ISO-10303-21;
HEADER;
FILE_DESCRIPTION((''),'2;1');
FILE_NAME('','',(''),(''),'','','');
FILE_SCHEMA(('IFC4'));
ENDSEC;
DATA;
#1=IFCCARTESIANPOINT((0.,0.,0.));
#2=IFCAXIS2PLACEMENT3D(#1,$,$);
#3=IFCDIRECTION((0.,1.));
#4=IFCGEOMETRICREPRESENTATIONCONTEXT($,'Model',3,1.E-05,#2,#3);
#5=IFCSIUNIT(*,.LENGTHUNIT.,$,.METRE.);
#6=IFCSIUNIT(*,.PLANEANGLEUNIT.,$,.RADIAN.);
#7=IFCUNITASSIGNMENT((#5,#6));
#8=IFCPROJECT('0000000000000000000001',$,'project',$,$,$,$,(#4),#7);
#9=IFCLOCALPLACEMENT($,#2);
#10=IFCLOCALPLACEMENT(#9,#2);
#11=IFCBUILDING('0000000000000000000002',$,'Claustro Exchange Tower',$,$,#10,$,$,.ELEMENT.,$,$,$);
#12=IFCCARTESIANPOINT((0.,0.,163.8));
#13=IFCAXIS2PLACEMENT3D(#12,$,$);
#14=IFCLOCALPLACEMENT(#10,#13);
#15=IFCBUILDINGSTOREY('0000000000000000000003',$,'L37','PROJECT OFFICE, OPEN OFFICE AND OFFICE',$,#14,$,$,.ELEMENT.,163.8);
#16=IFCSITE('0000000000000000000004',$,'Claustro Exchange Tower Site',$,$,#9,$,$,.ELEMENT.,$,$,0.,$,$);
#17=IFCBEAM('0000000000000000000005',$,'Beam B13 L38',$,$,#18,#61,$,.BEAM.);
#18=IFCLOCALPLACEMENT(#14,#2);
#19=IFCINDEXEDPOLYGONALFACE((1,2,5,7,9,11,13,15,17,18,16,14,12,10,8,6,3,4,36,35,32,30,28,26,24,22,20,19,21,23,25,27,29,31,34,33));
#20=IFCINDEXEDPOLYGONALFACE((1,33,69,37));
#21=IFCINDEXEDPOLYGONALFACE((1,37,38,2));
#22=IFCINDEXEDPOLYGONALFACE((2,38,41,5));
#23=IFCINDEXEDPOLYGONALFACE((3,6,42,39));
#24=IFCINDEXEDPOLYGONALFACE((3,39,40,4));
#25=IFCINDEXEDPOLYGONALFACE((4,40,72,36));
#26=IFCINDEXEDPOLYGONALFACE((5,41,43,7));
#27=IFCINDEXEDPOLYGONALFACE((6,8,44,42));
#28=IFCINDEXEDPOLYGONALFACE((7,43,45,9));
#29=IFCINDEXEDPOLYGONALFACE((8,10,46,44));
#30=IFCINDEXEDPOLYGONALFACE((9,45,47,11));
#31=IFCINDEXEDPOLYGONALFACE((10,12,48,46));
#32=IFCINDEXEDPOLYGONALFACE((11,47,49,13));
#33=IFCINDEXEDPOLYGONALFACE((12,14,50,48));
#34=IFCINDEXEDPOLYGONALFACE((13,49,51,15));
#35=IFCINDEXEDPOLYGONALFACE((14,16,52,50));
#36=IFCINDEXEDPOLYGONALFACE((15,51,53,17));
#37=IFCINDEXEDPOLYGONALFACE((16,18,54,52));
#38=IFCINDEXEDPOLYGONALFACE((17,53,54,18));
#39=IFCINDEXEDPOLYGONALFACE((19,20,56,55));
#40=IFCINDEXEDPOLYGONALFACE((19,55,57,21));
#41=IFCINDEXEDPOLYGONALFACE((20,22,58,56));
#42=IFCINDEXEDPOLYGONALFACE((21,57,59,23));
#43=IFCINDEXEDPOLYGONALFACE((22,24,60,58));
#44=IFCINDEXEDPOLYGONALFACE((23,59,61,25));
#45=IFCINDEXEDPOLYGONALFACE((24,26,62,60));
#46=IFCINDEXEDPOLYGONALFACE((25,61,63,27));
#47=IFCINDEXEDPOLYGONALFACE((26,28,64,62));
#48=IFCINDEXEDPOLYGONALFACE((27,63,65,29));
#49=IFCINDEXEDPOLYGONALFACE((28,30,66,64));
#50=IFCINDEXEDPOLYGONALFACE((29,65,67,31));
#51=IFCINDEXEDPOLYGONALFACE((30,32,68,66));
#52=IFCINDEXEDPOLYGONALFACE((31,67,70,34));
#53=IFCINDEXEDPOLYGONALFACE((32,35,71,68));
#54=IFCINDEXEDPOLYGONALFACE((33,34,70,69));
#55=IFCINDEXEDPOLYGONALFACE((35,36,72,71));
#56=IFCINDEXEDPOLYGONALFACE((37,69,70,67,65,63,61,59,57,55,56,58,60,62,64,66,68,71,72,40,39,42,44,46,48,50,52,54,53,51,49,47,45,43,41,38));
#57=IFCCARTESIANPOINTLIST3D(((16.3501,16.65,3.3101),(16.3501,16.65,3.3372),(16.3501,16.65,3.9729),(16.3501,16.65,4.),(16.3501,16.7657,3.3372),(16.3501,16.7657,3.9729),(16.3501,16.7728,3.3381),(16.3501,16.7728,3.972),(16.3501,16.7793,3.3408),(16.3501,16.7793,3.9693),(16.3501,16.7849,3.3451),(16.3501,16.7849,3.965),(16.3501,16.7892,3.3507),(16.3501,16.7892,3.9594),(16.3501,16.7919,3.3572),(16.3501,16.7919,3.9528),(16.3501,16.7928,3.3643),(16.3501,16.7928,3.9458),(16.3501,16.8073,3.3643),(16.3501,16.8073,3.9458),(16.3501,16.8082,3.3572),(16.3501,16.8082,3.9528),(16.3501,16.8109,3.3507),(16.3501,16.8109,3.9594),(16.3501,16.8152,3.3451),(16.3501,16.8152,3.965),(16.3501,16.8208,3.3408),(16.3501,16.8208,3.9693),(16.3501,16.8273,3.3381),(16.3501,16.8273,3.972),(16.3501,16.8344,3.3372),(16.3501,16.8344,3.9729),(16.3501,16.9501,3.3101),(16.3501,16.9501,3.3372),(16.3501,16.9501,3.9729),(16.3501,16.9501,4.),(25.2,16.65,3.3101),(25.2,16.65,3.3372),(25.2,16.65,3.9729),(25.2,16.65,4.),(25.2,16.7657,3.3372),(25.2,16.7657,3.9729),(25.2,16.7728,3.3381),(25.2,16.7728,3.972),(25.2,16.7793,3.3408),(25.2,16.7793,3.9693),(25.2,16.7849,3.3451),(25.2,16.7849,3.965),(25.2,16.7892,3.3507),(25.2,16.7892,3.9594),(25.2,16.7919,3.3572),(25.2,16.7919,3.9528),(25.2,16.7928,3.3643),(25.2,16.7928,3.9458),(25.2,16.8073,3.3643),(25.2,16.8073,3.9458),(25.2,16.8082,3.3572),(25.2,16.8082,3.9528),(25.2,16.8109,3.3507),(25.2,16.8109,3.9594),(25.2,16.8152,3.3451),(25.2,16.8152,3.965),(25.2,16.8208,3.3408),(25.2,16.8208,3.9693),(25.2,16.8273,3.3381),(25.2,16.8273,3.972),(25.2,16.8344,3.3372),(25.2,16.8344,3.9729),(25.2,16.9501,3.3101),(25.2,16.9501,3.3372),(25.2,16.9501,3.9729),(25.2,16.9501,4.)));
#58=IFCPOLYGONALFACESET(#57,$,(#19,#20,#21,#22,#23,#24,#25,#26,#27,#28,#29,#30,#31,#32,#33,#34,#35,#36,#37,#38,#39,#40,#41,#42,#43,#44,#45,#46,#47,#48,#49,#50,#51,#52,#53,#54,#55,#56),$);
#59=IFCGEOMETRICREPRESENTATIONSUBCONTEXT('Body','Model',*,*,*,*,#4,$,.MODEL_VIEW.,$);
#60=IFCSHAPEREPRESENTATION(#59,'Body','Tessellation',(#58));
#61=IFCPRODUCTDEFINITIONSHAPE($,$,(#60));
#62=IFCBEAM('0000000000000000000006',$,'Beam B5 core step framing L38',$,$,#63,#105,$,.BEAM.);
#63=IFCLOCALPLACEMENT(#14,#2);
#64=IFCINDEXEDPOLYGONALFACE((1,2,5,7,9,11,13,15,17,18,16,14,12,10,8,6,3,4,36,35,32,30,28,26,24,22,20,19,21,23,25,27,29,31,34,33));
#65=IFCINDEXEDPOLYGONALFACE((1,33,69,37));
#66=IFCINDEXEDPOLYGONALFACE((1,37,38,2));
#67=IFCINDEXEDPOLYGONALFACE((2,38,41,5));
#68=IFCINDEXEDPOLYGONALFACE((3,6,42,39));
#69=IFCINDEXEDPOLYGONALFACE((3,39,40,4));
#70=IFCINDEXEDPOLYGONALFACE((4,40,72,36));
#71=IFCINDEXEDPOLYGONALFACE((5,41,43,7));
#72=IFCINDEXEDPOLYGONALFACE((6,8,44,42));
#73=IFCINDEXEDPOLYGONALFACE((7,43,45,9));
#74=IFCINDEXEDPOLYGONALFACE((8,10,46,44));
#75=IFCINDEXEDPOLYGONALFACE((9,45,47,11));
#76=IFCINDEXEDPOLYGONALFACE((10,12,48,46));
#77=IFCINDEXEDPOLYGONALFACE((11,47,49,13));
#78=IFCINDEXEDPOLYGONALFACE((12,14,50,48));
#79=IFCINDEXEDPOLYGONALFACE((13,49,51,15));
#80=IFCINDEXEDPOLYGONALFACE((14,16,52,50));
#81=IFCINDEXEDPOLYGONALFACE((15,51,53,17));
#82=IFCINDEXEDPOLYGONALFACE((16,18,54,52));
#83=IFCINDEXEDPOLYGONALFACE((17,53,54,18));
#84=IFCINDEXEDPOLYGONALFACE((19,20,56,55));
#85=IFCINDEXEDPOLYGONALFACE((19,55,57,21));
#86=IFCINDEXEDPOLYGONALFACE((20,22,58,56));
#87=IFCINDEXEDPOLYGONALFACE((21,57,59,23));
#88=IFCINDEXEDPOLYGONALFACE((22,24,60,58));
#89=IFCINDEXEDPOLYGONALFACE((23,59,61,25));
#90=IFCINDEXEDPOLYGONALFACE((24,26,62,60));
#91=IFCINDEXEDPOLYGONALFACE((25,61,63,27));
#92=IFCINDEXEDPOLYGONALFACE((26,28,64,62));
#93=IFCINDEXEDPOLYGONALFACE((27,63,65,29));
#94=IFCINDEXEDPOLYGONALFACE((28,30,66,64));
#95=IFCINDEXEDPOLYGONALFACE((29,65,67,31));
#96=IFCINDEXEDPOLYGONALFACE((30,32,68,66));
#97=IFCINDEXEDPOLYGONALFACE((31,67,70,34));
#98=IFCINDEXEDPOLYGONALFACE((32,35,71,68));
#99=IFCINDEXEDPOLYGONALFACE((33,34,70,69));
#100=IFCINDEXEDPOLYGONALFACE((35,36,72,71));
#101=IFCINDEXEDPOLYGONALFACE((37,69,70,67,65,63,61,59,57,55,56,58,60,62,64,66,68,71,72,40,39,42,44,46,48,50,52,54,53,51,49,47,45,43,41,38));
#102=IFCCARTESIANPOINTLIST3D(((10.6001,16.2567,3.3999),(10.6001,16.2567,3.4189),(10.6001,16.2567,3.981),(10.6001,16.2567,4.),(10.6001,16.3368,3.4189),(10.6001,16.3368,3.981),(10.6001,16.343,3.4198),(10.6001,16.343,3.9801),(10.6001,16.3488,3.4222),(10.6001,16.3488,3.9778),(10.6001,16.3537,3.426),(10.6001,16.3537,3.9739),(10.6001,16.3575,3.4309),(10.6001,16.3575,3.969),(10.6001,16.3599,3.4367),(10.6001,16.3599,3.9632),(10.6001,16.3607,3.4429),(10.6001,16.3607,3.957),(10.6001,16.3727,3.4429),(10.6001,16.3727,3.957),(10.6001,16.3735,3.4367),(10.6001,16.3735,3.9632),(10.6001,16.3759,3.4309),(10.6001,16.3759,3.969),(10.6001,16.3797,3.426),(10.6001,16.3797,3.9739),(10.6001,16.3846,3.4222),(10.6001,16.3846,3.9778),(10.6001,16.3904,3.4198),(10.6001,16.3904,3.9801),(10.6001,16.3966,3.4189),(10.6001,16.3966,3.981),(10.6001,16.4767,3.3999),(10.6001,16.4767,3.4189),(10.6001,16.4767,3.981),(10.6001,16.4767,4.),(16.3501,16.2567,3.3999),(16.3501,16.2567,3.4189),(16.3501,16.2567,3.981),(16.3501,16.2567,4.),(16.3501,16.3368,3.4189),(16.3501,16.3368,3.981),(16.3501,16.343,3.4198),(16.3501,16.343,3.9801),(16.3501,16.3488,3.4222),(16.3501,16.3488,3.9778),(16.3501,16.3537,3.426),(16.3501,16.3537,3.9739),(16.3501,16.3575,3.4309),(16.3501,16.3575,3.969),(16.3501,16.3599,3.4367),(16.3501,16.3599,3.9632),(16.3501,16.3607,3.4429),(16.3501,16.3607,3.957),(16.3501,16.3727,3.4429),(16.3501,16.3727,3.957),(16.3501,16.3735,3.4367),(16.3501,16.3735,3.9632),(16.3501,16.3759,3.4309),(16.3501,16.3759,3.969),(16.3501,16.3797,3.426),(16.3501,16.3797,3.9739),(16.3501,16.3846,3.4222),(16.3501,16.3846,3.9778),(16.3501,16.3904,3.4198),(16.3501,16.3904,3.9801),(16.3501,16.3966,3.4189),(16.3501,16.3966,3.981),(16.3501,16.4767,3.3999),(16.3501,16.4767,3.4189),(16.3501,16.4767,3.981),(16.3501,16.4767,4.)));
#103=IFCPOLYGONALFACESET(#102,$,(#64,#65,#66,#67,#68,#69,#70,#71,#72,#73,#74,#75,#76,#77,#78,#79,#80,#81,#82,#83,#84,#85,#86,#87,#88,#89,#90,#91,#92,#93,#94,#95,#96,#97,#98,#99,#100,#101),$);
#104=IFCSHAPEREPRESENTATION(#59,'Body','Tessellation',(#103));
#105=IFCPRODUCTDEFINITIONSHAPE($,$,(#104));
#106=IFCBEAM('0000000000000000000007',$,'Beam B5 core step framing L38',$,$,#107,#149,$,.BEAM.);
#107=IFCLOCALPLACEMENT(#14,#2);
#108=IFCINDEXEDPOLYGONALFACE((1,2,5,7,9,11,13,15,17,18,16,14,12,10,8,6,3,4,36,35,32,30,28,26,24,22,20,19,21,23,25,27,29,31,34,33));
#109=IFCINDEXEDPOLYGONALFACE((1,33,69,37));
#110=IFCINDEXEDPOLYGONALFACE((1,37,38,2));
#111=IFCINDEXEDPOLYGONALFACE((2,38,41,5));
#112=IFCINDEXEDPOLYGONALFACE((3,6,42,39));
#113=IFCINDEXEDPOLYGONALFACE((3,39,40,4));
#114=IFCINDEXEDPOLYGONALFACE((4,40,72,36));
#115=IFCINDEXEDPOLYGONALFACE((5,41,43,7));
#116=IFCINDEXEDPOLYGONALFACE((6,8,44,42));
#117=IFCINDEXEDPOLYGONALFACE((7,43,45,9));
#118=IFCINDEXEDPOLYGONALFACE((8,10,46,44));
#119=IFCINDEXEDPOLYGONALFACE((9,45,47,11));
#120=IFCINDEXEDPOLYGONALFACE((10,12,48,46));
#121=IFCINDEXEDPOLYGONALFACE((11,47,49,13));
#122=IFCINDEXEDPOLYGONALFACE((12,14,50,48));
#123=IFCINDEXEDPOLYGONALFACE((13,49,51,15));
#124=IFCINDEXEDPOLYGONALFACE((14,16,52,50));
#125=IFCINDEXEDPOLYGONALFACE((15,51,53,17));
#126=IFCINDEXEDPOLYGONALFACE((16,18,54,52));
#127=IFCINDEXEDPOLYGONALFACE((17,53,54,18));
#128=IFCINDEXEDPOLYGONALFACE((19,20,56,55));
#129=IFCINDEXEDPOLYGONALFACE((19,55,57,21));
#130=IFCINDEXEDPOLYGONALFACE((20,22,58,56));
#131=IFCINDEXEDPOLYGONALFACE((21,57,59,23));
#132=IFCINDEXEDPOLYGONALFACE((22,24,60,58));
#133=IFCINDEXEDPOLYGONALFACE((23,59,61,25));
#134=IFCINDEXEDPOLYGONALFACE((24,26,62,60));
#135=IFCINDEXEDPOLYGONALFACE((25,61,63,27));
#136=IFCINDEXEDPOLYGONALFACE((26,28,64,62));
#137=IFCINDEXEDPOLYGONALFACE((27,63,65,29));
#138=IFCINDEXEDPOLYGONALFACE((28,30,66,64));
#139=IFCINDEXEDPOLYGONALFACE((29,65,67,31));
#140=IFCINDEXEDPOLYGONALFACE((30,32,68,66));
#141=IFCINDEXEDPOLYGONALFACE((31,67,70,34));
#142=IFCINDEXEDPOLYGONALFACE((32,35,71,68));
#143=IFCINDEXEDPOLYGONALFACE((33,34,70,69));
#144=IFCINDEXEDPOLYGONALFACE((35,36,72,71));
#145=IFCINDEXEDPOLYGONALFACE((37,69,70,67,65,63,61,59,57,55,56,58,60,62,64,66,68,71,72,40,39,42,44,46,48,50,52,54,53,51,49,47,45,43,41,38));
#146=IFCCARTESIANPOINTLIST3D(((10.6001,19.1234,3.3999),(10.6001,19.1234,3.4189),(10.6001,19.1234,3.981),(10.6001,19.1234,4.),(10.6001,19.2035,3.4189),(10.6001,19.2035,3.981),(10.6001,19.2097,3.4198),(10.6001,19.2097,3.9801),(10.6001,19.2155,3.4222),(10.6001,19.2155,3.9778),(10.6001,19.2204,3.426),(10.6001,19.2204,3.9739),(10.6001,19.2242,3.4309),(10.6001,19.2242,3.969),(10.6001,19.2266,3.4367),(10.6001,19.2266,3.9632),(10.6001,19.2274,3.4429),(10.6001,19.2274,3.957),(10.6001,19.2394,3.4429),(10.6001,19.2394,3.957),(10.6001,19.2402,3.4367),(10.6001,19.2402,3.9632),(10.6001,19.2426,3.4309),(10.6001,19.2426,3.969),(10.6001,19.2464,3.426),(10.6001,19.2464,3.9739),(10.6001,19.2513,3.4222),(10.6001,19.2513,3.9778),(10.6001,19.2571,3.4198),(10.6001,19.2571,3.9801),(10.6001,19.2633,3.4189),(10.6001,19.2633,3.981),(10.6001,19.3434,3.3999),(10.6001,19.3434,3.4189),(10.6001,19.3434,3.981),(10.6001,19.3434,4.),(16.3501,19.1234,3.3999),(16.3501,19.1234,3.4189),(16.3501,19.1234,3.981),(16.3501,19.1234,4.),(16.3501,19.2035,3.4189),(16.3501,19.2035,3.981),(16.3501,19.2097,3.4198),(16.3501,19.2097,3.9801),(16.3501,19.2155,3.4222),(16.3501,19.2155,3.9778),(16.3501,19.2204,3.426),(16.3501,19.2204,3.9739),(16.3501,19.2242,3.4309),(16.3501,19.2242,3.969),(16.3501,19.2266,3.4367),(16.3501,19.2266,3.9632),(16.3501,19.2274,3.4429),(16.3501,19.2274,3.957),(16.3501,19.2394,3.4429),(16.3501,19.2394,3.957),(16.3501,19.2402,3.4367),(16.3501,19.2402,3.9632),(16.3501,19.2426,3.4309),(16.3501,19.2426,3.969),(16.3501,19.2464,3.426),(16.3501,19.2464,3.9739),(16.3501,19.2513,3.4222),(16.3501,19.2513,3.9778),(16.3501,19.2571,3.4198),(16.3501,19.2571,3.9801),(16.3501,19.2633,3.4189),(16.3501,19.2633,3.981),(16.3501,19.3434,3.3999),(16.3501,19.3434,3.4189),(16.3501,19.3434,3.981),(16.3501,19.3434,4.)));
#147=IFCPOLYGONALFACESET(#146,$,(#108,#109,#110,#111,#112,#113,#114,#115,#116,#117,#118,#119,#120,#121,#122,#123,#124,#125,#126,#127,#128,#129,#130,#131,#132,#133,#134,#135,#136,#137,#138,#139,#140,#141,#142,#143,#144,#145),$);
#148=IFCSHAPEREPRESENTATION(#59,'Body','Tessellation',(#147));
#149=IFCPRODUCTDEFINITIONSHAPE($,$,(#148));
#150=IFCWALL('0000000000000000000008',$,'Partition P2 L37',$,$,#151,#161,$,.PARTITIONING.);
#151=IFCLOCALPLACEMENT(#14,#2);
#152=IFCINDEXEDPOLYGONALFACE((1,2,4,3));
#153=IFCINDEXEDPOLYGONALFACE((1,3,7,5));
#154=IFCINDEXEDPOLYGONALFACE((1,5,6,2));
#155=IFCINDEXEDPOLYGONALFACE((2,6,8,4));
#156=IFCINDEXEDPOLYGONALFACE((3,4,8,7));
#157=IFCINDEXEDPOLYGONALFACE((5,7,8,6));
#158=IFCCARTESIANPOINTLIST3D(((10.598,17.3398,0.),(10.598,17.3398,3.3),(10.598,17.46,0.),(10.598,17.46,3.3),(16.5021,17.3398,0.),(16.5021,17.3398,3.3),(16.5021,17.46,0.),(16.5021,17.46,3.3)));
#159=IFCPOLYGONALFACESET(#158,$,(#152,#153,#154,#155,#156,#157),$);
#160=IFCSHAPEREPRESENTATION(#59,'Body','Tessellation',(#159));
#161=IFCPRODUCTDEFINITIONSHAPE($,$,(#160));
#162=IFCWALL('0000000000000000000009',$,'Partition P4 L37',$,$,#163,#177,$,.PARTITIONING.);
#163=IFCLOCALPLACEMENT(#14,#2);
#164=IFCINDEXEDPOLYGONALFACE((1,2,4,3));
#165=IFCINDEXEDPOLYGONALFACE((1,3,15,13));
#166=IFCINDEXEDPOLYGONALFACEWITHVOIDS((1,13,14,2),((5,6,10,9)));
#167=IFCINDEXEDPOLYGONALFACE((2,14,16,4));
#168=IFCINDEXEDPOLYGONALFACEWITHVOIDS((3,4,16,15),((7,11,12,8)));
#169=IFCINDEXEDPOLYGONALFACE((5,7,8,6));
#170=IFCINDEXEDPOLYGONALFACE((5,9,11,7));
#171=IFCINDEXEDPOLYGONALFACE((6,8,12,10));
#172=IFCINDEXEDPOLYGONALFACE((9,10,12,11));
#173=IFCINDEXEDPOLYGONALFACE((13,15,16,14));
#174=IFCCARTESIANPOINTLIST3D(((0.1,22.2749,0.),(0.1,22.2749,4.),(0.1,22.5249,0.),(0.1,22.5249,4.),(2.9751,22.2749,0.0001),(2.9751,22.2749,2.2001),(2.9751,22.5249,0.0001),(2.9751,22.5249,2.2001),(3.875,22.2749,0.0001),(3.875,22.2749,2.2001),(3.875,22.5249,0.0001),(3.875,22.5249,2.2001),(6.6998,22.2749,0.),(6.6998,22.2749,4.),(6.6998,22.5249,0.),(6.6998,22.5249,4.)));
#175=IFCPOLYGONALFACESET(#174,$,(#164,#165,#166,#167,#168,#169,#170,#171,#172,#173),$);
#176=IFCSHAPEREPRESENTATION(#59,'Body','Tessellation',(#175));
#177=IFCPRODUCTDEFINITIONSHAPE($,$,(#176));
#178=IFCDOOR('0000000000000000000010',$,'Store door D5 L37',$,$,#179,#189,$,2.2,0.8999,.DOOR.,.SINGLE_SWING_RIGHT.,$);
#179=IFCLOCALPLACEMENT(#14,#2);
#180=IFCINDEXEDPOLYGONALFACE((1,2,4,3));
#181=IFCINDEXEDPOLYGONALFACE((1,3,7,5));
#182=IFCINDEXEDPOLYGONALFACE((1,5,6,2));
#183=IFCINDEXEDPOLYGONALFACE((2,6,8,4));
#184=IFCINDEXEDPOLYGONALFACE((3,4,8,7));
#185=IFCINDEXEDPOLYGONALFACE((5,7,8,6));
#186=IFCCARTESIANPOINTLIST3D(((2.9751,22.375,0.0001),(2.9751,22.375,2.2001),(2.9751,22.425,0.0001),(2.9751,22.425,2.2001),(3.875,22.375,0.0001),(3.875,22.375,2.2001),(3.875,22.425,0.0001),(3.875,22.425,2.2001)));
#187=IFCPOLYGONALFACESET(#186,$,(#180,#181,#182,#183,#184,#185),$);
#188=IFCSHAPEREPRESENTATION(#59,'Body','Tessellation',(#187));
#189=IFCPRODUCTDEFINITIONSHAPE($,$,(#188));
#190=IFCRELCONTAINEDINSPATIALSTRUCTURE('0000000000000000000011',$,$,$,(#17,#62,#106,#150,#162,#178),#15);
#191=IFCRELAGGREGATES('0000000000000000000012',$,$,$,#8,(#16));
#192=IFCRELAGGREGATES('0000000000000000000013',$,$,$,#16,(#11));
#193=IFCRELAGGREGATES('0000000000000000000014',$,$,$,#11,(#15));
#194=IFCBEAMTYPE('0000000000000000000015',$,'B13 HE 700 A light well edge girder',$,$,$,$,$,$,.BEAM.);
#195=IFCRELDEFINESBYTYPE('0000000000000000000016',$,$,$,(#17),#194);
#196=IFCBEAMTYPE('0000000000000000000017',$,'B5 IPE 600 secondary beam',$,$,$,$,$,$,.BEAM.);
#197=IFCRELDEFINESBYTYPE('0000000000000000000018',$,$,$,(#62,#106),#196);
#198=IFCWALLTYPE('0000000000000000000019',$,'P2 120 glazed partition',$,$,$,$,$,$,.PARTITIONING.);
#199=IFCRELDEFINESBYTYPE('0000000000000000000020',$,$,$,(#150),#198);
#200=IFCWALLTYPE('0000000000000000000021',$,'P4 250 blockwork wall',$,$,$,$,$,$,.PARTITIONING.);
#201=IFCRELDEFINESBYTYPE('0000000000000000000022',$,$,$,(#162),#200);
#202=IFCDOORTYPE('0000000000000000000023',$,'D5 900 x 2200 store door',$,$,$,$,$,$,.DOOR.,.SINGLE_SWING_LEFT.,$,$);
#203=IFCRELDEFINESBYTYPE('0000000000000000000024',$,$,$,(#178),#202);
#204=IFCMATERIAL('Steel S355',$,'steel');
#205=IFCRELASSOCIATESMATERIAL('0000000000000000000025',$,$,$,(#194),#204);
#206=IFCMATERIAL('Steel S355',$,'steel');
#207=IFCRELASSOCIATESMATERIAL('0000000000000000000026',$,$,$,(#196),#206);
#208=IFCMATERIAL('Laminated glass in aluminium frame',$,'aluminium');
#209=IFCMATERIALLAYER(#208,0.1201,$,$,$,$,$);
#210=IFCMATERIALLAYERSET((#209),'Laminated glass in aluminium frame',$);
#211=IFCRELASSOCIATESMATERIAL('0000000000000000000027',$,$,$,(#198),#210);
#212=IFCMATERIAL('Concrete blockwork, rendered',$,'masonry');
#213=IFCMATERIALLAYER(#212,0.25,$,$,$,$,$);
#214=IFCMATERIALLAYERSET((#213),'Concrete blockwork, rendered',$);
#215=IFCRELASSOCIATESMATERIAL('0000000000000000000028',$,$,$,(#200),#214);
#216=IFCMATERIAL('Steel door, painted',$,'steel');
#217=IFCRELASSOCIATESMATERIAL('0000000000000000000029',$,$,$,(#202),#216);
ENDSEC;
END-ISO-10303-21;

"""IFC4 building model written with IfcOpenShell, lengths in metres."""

from ifc_helpers import new_model, si_unit, direction, frame, frame_2d, origin, origin_2d, place, context, subcontext, project, spatial, rectangle, i_section, extrude, material, layer, layer_set, material_profile, profile_set, type_object, element, fill, save


model = new_model("IFC4")

# Units and contexts
model_context = context("Model", 3, precision=1e-05, world=origin(), true_north=direction((0.0, 1.0)))
body_context = subcontext(model_context, "Body", "Model", "MODEL_VIEW")
ifc_project = project(units=[si_unit("LENGTHUNIT", "METRE"), si_unit("PLANEANGLEUNIT", "RADIAN")], contexts=[model_context])

# Site, building, storey
site_placement = place(None, origin())
site = spatial("IfcSite", under=ifc_project, at=site_placement, Name="Claustro Exchange Tower Site", CompositionType="ELEMENT", RefElevation=0.0)
building_placement = place(site_placement, origin())
building = spatial("IfcBuilding", under=site, at=building_placement, Name="Claustro Exchange Tower", CompositionType="ELEMENT")
storey_placement = place(building_placement, frame((0.0, 0.0, 163.8)))
storey = spatial("IfcBuildingStorey", under=building, at=storey_placement, Name="L37", Description="PROJECT OFFICE, OPEN OFFICE AND OFFICE", CompositionType="ELEMENT", Elevation=163.8)

# Beams
ifc_material_1 = material(Name="Steel S355", Category="steel")
ifc_material_profile_1 = material_profile(ifc_material_1, i_section(OverallWidth=0.3, OverallDepth=0.6899, WebThickness=0.0144, FlangeThickness=0.0271, FilletRadius=0.0271, at=origin_2d()), Name="HE 700 A")
ifc_profile_set_1 = profile_set([ifc_material_profile_1], Name="Steel S355")
beam_type_1 = type_object("IfcBeamType", Name="B13 HE 700 A light well edge girder", PredefinedType="BEAM", material=ifc_profile_set_1)
beam_placement = place(storey_placement, frame((16.3501, 16.8, 3.655), z_axis=(1.0, 0.0, 0.0), x_axis=(0.0, 1.0, 0.0)))
element("IfcBeam", 1, at=beam_placement, inside=storey, type_object=beam_type_1, Name="Beam B13 L38", PredefinedType="BEAM", context=body_context, shape_type="SweptSolid", body=[
    extrude(i_section(OverallWidth=0.3, OverallDepth=0.6899, WebThickness=0.0144, FlangeThickness=0.0271, FilletRadius=0.0271, at=origin_2d()), origin(), (0.0, 0.0, 1.0), 8.8499),
])
ifc_material_2 = material(Name="Steel S355", Category="steel")
ifc_material_profile_2 = material_profile(ifc_material_2, i_section(OverallWidth=0.22, OverallDepth=0.6001, WebThickness=0.012, FlangeThickness=0.019, FilletRadius=0.0239, at=origin_2d()), Name="IPE 600")
ifc_profile_set_2 = profile_set([ifc_material_profile_2], Name="Steel S355")
beam_type_2 = type_object("IfcBeamType", Name="B5 IPE 600 secondary beam", PredefinedType="BEAM", material=ifc_profile_set_2)
for number, where, z_axis, x_axis, name in (
    (2, (10.6001, 16.3667, 3.7), (1.0, 0.0, 0.0), (0.0, 1.0, 0.0), "Beam B5 core step framing L38"),
    (3, (10.6001, 19.2334, 3.7), (1.0, 0.0, 0.0), (0.0, 1.0, 0.0), "Beam B5 core step framing L38"),
):
    element("IfcBeam", number, at=place(storey_placement, frame(where, z_axis=z_axis, x_axis=x_axis)), inside=storey, type_object=beam_type_2, Name=name, PredefinedType="BEAM", context=body_context, shape_type="SweptSolid", body=[
        extrude(i_section(OverallWidth=0.22, OverallDepth=0.6001, WebThickness=0.012, FlangeThickness=0.019, FilletRadius=0.0239, at=origin_2d()), origin(), (0.0, 0.0, 1.0), 5.75),
    ])

# Wall
ifc_material_3 = material(Name="Laminated glass in aluminium frame", Category="aluminium")
ifc_layer_1 = layer(ifc_material_3, 0.1201)
ifc_layer_set_1 = layer_set([ifc_layer_1], Name="Laminated glass in aluminium frame")
wall_type_1 = type_object("IfcWallType", Name="P2 120 glazed partition", PredefinedType="PARTITIONING", material=ifc_layer_set_1)
wall_1_placement = place(storey_placement, frame((10.5979, 17.3999, 0.0), z_axis=(0.0, 0.0, 1.0), x_axis=(1.0, 0.0, 0.0)))
element("IfcWall", 4, at=wall_1_placement, inside=storey, type_object=wall_type_1, Name="Partition P2 L37", PredefinedType="PARTITIONING", context=body_context, shape_type="SweptSolid", body=[
    extrude(rectangle(XDim=5.9041, YDim=0.1201, at=frame_2d((2.9521, 0.0))), origin(), (0.0, 0.0, 1.0), 3.3),
])

# Wall, opening, door
ifc_material_4 = material(Name="Concrete blockwork, rendered", Category="masonry")
ifc_layer_2 = layer(ifc_material_4, 0.25)
ifc_layer_set_2 = layer_set([ifc_layer_2], Name="Concrete blockwork, rendered")
wall_type_2 = type_object("IfcWallType", Name="P4 250 blockwork wall", PredefinedType="PARTITIONING", material=ifc_layer_set_2)
wall_2_placement = place(storey_placement, frame((0.1001, 22.3999, 0.0), z_axis=(0.0, 0.0, 1.0), x_axis=(1.0, 0.0, 0.0)))
wall_2 = element("IfcWall", 5, at=wall_2_placement, inside=storey, type_object=wall_type_2, Name="Partition P4 L37", PredefinedType="PARTITIONING", context=body_context, shape_type="SweptSolid", body=[
    extrude(rectangle(XDim=6.5999, YDim=0.25, at=frame_2d((3.2998, 0.0))), origin(), (0.0, 0.0, 1.0), 4.0),
])
opening_1_placement = place(wall_2_placement, frame((2.875, 0.0, 0.0)))
opening_1 = element("IfcOpeningElement", 6, at=opening_1_placement, cuts=wall_2, PredefinedType="OPENING", context=body_context, shape_type="SweptSolid", body=[
    extrude(rectangle(XDim=0.8999, YDim=2.2, at=frame_2d((0.45, 1.1001))), frame((0.0, 0.135, 0.0), z_axis=(0.0, -1.0, 0.0), x_axis=(1.0, 0.0, 0.0)), (0.0, 0.0, 1.0), 0.27),
])
ifc_material_5 = material(Name="Steel door, painted", Category="steel")
door_type = type_object("IfcDoorType", Name="D5 900 x 2200 store door", OperationType="SINGLE_SWING_LEFT", PredefinedType="DOOR", material=ifc_material_5)
door_placement = place(opening_1_placement, frame((0.8999, 0.0, 0.0), z_axis=(0.0, 0.0, 1.0), x_axis=(-1.0, 0.0, 0.0)))
door = element("IfcDoor", 7, at=door_placement, inside=storey, type_object=door_type, Name="Store door D5 L37", OperationType="SINGLE_SWING_RIGHT", OverallHeight=2.2, OverallWidth=0.8999, PredefinedType="DOOR", context=body_context, shape_type="SweptSolid", body=[
    extrude(rectangle(XDim=0.8999, YDim=2.2, at=frame_2d((0.45, 1.1001))), frame((0.0, 0.0249, 0.0), z_axis=(0.0, -1.0, 0.0), x_axis=(1.0, 0.0, 0.0)), (0.0, 0.0, 1.0), 0.05),
])
fill(opening_1, door)

save(model, "model.ifc")
